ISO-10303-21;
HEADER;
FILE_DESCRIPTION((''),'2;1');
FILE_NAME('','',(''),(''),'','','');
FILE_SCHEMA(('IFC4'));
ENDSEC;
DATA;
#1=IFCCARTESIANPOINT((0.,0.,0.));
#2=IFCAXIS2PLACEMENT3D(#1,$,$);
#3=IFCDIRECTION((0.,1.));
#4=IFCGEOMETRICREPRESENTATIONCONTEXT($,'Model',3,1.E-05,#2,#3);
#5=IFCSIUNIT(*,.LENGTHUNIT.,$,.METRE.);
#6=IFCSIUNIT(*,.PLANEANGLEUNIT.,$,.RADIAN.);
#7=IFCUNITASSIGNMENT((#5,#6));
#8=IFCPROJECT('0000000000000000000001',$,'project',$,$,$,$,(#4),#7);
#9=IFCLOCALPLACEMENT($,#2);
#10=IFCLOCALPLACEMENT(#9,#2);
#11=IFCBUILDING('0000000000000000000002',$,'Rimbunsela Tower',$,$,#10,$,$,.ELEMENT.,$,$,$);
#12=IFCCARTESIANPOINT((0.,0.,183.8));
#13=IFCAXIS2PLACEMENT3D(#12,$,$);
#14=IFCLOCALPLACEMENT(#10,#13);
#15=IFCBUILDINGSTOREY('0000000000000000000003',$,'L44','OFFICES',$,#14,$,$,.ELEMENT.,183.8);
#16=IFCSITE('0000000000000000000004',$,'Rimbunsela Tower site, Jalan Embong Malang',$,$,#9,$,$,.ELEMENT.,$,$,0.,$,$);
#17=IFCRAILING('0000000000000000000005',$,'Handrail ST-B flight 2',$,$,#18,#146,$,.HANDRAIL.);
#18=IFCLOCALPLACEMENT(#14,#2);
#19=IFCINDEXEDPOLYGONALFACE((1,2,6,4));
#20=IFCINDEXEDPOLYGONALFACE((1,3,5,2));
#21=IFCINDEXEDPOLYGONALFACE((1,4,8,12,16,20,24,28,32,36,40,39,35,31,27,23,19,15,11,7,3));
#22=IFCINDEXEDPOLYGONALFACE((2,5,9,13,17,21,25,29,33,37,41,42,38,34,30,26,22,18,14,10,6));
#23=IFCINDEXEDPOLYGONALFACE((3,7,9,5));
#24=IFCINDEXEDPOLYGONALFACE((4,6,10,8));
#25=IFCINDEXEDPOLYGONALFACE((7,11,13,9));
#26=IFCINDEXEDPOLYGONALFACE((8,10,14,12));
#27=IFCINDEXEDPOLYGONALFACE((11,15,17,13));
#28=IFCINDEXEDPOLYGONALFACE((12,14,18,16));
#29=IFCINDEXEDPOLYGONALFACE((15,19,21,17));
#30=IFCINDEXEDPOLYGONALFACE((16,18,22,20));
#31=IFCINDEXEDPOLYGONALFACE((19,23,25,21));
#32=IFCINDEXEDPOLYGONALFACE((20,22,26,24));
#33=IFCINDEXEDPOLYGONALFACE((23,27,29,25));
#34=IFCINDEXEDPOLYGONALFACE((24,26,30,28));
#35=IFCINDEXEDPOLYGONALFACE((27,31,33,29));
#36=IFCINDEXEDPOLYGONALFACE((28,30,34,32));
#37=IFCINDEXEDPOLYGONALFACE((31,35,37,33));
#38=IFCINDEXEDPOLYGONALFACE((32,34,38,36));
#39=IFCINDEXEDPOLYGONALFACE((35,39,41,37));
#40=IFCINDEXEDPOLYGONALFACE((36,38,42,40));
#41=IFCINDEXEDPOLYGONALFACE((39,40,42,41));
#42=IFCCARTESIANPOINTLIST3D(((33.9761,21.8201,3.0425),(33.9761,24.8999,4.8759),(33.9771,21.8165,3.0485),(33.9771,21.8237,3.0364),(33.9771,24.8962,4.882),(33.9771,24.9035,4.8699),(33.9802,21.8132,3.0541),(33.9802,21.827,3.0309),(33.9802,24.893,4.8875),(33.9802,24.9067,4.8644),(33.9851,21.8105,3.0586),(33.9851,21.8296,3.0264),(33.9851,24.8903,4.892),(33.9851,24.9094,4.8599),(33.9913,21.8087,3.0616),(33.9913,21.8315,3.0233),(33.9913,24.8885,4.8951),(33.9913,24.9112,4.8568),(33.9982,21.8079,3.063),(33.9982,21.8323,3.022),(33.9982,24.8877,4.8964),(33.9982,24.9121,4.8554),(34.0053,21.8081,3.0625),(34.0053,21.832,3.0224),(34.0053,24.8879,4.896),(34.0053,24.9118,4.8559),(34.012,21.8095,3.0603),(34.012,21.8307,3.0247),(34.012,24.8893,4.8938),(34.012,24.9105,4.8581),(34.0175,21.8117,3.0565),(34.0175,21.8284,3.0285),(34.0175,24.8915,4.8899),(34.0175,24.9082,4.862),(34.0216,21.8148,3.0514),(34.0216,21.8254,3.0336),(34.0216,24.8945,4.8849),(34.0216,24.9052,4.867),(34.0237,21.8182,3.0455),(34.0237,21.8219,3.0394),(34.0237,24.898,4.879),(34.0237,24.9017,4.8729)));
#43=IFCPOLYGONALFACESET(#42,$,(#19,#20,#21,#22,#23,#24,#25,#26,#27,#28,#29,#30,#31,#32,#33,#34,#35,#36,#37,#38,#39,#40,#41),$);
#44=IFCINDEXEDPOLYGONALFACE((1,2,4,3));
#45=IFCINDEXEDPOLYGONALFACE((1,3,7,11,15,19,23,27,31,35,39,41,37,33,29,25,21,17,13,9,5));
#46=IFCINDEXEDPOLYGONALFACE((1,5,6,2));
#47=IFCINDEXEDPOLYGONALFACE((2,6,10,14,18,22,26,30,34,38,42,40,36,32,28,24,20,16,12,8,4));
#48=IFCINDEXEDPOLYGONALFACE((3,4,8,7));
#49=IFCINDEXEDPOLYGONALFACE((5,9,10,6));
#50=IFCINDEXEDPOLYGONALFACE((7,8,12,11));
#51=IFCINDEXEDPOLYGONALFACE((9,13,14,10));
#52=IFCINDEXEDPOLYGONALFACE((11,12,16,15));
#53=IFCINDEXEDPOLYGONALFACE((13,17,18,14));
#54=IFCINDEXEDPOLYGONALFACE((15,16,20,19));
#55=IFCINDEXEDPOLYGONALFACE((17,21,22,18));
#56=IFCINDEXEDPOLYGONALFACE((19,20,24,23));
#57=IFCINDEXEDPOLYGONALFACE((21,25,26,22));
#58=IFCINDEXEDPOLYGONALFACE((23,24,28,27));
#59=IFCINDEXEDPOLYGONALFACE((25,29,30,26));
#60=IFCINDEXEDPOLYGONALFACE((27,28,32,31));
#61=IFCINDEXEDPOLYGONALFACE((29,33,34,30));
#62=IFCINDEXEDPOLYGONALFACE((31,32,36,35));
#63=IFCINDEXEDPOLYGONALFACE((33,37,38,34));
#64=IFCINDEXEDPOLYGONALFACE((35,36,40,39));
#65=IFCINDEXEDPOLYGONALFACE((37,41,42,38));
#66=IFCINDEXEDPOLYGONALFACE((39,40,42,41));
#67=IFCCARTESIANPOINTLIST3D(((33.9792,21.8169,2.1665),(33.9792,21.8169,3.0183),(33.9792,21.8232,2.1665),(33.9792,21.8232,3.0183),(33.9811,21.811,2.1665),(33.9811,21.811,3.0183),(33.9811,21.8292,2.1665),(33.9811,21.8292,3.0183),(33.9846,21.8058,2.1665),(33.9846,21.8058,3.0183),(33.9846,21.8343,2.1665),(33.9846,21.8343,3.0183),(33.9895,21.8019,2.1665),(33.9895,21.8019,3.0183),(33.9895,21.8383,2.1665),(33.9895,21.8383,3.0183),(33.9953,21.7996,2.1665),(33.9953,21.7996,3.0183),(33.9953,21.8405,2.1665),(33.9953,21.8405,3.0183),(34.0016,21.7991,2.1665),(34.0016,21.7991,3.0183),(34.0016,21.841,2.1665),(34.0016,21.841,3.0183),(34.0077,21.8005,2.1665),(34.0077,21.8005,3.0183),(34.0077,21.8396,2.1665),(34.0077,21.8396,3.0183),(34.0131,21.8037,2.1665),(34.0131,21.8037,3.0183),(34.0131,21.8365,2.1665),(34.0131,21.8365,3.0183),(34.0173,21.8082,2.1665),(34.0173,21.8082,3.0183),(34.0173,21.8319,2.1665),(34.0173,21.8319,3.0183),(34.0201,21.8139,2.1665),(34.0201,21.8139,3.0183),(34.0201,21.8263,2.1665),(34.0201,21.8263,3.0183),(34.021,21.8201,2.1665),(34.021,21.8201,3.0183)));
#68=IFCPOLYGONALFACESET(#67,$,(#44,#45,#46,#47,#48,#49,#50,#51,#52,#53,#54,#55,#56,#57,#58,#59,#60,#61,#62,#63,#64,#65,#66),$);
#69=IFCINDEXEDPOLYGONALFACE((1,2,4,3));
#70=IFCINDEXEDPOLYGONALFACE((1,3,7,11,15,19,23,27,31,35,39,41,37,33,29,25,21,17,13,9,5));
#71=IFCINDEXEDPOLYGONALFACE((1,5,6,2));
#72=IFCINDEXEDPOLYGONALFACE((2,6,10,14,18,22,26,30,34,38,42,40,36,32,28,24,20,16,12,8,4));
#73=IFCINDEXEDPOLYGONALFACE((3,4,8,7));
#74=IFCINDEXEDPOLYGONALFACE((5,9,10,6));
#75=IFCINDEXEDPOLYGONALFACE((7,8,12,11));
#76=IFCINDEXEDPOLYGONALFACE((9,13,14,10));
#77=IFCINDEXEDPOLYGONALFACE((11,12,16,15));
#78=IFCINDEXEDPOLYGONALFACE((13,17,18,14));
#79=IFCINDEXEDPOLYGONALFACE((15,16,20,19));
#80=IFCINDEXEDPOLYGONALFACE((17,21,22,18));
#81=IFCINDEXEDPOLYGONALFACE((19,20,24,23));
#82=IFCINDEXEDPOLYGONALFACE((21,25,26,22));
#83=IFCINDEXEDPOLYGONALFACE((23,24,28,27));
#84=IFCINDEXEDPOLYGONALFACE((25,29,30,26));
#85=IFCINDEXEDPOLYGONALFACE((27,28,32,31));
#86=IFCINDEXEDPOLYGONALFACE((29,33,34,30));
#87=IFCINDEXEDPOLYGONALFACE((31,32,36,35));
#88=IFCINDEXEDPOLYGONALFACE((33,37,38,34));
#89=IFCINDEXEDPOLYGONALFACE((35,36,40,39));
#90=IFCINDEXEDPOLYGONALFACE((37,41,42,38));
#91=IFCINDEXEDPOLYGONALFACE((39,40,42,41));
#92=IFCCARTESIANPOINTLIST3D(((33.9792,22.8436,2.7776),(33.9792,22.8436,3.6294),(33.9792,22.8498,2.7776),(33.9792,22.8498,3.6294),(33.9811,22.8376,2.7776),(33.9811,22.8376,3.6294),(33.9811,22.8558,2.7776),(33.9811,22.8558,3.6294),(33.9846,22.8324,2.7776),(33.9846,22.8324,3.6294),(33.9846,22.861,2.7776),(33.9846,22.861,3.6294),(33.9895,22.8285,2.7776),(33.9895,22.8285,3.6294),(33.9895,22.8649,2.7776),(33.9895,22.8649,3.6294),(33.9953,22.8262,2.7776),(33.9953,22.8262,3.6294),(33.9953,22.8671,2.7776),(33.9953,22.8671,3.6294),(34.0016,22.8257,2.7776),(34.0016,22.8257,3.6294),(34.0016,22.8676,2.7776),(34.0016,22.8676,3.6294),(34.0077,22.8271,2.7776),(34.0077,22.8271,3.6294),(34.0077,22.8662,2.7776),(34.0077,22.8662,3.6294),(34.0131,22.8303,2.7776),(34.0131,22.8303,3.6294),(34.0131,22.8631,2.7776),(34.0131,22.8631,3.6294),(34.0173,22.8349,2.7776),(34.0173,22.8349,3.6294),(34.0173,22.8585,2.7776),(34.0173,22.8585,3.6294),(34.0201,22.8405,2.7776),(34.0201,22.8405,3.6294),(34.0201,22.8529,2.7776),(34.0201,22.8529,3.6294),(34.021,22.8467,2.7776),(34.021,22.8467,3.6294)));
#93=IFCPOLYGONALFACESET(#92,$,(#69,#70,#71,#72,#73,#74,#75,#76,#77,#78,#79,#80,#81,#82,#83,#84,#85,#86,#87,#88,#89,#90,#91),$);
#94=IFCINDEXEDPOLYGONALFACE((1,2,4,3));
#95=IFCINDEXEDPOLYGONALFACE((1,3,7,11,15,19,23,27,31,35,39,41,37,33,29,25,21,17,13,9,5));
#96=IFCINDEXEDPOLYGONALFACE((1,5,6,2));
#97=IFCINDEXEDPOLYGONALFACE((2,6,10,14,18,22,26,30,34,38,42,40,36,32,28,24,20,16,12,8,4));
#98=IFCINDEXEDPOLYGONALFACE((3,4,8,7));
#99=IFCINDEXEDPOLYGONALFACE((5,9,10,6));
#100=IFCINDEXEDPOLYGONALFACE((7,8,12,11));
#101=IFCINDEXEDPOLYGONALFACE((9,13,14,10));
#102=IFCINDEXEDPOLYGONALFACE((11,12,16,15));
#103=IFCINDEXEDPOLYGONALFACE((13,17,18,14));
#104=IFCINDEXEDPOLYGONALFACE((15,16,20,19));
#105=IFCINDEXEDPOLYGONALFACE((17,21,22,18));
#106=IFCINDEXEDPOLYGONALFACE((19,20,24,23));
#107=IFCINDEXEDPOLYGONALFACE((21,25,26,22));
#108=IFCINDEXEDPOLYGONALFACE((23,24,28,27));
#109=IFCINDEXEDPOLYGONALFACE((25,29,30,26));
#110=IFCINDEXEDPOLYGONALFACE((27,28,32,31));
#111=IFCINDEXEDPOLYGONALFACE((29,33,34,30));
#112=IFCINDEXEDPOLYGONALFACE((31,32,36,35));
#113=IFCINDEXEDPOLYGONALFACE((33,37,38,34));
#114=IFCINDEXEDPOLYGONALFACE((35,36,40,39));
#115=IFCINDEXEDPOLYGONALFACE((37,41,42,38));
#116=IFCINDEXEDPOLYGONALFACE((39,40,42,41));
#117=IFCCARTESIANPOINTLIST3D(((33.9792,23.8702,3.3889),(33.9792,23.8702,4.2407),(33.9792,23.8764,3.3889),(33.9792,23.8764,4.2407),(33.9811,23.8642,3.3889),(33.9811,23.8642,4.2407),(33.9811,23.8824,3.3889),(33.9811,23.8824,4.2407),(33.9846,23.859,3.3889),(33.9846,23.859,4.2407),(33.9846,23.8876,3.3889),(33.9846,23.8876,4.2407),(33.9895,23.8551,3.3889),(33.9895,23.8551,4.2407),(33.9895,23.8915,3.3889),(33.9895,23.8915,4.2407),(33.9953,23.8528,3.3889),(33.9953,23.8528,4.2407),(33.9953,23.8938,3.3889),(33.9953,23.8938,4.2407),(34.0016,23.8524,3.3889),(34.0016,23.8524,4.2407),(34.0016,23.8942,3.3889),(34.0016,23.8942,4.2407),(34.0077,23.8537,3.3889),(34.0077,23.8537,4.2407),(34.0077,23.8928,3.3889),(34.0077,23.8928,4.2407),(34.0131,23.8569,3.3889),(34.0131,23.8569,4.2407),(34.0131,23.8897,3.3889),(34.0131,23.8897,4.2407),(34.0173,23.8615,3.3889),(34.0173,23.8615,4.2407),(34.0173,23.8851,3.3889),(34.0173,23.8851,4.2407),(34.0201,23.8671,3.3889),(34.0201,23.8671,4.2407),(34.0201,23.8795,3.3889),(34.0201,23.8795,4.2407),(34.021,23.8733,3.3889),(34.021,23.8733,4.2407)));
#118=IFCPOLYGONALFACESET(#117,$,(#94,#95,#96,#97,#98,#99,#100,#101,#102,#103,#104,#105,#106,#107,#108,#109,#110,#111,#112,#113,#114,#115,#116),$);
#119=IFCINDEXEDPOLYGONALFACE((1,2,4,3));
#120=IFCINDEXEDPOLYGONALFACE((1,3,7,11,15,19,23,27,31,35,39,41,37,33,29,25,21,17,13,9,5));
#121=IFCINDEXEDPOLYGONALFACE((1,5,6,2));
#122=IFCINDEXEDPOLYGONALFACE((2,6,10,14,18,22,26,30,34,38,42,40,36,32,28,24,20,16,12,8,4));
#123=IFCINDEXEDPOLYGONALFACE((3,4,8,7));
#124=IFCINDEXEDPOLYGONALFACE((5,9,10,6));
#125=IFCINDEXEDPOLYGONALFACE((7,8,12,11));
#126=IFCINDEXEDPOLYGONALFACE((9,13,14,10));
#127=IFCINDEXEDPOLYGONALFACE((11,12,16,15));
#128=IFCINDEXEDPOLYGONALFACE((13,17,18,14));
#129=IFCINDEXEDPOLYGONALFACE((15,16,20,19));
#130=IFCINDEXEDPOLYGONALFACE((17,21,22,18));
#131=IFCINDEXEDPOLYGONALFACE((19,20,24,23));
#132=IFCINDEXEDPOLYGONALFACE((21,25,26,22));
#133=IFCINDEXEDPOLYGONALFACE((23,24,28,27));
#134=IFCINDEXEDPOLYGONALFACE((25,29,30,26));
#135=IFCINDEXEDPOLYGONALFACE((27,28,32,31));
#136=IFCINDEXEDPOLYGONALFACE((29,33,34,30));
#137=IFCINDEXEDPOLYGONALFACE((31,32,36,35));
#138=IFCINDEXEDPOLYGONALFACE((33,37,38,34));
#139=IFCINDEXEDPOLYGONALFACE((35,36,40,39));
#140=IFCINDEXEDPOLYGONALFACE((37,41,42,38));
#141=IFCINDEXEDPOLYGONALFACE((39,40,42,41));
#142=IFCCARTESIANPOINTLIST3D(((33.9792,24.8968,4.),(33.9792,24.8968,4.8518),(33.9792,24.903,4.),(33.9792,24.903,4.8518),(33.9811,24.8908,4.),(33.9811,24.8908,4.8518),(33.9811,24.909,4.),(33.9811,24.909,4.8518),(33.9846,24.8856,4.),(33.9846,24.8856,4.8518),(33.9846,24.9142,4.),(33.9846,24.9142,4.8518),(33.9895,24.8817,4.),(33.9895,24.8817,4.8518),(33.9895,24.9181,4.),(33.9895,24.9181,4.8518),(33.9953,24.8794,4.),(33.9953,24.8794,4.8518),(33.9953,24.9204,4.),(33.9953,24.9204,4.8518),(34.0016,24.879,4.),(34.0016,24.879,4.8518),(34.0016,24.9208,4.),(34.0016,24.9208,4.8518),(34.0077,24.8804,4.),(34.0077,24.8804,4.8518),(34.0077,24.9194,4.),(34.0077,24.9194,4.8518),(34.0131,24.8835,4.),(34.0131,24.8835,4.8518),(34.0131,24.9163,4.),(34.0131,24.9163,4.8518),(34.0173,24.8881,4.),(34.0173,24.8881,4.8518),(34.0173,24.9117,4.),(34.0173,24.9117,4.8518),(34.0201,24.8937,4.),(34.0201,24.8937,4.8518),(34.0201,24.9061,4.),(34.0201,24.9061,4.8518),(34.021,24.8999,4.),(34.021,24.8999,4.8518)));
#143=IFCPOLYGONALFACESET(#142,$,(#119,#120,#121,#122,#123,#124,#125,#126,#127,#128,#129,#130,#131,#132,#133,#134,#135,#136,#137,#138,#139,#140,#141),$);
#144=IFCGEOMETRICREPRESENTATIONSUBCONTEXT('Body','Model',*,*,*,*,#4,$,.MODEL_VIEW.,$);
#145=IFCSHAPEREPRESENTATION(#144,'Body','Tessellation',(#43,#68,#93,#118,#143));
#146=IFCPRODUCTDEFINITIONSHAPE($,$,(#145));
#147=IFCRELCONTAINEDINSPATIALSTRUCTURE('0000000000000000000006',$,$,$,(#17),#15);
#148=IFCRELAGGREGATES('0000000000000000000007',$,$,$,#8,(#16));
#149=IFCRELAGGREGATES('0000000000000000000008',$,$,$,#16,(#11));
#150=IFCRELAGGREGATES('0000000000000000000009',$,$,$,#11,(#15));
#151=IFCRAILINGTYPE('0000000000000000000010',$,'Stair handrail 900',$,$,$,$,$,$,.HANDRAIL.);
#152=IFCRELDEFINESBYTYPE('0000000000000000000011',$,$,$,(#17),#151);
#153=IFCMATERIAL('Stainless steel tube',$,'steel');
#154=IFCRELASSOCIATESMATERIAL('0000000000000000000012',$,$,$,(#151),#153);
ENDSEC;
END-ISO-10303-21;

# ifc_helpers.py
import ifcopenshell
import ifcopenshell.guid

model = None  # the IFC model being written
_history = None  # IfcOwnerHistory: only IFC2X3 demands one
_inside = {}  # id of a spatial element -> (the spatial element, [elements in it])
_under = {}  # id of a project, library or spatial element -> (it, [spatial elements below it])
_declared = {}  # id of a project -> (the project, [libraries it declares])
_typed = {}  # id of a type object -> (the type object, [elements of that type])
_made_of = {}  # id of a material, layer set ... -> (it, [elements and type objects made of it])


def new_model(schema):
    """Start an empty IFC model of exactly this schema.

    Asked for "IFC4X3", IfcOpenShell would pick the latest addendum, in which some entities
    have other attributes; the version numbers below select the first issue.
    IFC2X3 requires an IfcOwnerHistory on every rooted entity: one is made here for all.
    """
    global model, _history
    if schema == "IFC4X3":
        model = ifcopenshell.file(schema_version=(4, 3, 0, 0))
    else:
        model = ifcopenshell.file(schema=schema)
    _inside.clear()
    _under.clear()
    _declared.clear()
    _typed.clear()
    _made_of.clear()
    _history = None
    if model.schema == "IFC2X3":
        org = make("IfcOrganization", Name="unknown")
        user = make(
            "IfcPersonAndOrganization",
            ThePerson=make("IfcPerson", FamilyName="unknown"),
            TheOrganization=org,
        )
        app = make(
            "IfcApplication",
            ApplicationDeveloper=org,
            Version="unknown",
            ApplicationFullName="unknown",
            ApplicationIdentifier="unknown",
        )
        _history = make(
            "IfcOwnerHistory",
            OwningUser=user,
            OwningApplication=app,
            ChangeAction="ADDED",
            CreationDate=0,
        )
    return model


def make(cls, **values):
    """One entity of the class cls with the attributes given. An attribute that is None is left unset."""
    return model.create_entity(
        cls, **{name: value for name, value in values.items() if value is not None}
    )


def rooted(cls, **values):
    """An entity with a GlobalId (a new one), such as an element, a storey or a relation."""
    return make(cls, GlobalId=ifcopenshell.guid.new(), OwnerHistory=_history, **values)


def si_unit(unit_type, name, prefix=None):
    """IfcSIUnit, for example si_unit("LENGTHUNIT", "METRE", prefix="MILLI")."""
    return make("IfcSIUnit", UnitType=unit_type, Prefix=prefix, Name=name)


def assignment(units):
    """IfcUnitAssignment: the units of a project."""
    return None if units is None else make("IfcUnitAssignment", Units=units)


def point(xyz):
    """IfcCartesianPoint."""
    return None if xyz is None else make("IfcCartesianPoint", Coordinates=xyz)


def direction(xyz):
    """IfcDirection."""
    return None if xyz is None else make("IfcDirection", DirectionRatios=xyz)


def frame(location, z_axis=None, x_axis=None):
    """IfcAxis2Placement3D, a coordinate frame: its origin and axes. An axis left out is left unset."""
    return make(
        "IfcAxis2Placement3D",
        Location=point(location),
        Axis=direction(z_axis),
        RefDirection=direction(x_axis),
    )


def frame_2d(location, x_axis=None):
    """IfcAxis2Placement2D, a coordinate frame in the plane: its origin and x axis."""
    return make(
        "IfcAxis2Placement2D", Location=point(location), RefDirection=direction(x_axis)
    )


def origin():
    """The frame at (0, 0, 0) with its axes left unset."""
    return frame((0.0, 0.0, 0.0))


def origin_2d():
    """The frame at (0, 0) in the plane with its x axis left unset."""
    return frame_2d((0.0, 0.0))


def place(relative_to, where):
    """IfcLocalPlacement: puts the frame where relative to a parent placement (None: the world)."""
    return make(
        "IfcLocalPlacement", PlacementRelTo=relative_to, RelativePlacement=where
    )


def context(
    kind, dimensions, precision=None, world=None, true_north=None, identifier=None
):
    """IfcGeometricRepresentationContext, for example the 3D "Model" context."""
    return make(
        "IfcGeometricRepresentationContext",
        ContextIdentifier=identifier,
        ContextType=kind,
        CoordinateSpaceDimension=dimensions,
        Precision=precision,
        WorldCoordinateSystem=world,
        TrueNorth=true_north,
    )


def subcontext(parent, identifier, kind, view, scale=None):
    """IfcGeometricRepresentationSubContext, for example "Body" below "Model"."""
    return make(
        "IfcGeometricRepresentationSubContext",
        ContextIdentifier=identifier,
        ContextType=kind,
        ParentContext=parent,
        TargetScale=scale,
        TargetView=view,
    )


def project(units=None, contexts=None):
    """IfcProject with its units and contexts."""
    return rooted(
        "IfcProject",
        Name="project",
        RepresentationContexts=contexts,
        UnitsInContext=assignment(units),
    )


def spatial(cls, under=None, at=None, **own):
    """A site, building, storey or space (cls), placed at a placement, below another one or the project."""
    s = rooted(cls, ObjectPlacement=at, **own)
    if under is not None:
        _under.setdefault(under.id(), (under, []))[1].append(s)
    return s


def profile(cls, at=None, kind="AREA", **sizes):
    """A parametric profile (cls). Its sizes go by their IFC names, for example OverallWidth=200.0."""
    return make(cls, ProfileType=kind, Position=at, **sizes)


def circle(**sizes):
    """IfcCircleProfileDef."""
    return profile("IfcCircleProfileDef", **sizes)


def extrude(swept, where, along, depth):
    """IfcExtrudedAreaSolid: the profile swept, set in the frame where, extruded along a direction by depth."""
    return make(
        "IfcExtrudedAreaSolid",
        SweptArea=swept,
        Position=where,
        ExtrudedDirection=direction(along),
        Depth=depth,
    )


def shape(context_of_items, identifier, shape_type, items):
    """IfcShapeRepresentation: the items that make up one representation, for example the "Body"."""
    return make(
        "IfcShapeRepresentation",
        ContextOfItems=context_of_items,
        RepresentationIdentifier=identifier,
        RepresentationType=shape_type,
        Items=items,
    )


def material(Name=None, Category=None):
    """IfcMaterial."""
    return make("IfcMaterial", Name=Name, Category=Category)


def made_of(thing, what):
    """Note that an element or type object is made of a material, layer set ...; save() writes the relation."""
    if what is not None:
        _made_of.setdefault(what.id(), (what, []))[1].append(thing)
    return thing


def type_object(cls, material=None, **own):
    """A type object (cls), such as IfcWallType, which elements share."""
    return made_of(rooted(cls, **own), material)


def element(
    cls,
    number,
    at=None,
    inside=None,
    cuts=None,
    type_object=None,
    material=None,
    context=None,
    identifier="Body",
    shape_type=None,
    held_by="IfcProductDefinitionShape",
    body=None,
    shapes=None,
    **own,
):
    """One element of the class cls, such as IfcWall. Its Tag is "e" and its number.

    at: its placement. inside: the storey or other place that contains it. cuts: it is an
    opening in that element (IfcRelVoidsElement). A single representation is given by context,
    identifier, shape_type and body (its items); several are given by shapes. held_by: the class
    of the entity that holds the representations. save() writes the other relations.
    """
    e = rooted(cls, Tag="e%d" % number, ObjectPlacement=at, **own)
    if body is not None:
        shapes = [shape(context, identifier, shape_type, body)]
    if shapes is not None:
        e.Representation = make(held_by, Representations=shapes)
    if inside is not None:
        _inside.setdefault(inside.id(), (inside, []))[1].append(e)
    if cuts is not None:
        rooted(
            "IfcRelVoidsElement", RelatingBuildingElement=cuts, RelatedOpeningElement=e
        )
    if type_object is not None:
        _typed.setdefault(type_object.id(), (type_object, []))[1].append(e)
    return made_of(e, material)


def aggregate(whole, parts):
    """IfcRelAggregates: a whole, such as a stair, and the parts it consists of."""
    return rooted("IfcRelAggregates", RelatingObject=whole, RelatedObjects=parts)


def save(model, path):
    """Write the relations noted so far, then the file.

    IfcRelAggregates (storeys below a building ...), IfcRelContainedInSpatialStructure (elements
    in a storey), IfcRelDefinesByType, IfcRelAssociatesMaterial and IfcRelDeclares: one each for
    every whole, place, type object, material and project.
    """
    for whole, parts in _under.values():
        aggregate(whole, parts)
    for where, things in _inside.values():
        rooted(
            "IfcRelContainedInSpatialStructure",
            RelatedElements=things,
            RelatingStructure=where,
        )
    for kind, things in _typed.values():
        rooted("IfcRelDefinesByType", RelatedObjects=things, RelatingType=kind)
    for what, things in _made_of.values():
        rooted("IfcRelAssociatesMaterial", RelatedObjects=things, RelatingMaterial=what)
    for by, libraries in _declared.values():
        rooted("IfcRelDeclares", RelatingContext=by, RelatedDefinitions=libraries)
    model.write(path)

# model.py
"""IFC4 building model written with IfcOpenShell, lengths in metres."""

from ifc_helpers import new_model, si_unit, direction, frame, origin, origin_2d, place, context, subcontext, project, spatial, circle, extrude, material, type_object, element, save


model = new_model("IFC4")

# Units and contexts
model_context = context("Model", 3, precision=1e-05, world=origin(), true_north=direction((0.0, 1.0)))
body_context = subcontext(model_context, "Body", "Model", "MODEL_VIEW")
ifc_project = project(units=[si_unit("LENGTHUNIT", "METRE"), si_unit("PLANEANGLEUNIT", "RADIAN")], contexts=[model_context])

# Site, building, storey
site_placement = place(None, origin())
site = spatial("IfcSite", under=ifc_project, at=site_placement, Name="Rimbunsela Tower site, Jalan Embong Malang", CompositionType="ELEMENT", RefElevation=0.0)
building_placement = place(site_placement, origin())
building = spatial("IfcBuilding", under=site, at=building_placement, Name="Rimbunsela Tower", CompositionType="ELEMENT")
storey_placement = place(building_placement, frame((0.0, 0.0, 183.8)))
storey = spatial("IfcBuildingStorey", under=building, at=storey_placement, Name="L44", Description="OFFICES", CompositionType="ELEMENT", Elevation=183.8)

# Railing
ifc_material_1 = material(Name="Stainless steel tube", Category="steel")
railing_type = type_object("IfcRailingType", Name="Stair handrail 900", PredefinedType="HANDRAIL", material=ifc_material_1)
railing_placement = place(storey_placement, frame((34.0, 21.8201, 2.1665)))
element("IfcRailing", 1, at=railing_placement, inside=storey, type_object=railing_type, Name="Handrail ST-B flight 2", PredefinedType="HANDRAIL", context=body_context, shape_type="SweptSolid", body=[
    extrude(circle(Radius=0.0239, at=origin_2d()), frame((0.0, 0.0, 0.876), z_axis=(0.0, 0.859261, 0.511538), x_axis=(-1.0, 0.0, 0.0)), (0.0, 0.0, 1.0), 3.5842),
    extrude(circle(Radius=0.021, at=origin_2d()), origin(), (0.0, 0.0, 1.0), 0.8518),
    extrude(circle(Radius=0.021, at=origin_2d()), frame((0.0, 1.0266, 0.6111)), (0.0, 0.0, 1.0), 0.8518),
    extrude(circle(Radius=0.021, at=origin_2d()), frame((0.0, 2.0532, 1.2224)), (0.0, 0.0, 1.0), 0.8518),
    extrude(circle(Radius=0.021, at=origin_2d()), frame((0.0, 3.0798, 1.8335)), (0.0, 0.0, 1.0), 0.8518),
])

save(model, "model.ifc")
